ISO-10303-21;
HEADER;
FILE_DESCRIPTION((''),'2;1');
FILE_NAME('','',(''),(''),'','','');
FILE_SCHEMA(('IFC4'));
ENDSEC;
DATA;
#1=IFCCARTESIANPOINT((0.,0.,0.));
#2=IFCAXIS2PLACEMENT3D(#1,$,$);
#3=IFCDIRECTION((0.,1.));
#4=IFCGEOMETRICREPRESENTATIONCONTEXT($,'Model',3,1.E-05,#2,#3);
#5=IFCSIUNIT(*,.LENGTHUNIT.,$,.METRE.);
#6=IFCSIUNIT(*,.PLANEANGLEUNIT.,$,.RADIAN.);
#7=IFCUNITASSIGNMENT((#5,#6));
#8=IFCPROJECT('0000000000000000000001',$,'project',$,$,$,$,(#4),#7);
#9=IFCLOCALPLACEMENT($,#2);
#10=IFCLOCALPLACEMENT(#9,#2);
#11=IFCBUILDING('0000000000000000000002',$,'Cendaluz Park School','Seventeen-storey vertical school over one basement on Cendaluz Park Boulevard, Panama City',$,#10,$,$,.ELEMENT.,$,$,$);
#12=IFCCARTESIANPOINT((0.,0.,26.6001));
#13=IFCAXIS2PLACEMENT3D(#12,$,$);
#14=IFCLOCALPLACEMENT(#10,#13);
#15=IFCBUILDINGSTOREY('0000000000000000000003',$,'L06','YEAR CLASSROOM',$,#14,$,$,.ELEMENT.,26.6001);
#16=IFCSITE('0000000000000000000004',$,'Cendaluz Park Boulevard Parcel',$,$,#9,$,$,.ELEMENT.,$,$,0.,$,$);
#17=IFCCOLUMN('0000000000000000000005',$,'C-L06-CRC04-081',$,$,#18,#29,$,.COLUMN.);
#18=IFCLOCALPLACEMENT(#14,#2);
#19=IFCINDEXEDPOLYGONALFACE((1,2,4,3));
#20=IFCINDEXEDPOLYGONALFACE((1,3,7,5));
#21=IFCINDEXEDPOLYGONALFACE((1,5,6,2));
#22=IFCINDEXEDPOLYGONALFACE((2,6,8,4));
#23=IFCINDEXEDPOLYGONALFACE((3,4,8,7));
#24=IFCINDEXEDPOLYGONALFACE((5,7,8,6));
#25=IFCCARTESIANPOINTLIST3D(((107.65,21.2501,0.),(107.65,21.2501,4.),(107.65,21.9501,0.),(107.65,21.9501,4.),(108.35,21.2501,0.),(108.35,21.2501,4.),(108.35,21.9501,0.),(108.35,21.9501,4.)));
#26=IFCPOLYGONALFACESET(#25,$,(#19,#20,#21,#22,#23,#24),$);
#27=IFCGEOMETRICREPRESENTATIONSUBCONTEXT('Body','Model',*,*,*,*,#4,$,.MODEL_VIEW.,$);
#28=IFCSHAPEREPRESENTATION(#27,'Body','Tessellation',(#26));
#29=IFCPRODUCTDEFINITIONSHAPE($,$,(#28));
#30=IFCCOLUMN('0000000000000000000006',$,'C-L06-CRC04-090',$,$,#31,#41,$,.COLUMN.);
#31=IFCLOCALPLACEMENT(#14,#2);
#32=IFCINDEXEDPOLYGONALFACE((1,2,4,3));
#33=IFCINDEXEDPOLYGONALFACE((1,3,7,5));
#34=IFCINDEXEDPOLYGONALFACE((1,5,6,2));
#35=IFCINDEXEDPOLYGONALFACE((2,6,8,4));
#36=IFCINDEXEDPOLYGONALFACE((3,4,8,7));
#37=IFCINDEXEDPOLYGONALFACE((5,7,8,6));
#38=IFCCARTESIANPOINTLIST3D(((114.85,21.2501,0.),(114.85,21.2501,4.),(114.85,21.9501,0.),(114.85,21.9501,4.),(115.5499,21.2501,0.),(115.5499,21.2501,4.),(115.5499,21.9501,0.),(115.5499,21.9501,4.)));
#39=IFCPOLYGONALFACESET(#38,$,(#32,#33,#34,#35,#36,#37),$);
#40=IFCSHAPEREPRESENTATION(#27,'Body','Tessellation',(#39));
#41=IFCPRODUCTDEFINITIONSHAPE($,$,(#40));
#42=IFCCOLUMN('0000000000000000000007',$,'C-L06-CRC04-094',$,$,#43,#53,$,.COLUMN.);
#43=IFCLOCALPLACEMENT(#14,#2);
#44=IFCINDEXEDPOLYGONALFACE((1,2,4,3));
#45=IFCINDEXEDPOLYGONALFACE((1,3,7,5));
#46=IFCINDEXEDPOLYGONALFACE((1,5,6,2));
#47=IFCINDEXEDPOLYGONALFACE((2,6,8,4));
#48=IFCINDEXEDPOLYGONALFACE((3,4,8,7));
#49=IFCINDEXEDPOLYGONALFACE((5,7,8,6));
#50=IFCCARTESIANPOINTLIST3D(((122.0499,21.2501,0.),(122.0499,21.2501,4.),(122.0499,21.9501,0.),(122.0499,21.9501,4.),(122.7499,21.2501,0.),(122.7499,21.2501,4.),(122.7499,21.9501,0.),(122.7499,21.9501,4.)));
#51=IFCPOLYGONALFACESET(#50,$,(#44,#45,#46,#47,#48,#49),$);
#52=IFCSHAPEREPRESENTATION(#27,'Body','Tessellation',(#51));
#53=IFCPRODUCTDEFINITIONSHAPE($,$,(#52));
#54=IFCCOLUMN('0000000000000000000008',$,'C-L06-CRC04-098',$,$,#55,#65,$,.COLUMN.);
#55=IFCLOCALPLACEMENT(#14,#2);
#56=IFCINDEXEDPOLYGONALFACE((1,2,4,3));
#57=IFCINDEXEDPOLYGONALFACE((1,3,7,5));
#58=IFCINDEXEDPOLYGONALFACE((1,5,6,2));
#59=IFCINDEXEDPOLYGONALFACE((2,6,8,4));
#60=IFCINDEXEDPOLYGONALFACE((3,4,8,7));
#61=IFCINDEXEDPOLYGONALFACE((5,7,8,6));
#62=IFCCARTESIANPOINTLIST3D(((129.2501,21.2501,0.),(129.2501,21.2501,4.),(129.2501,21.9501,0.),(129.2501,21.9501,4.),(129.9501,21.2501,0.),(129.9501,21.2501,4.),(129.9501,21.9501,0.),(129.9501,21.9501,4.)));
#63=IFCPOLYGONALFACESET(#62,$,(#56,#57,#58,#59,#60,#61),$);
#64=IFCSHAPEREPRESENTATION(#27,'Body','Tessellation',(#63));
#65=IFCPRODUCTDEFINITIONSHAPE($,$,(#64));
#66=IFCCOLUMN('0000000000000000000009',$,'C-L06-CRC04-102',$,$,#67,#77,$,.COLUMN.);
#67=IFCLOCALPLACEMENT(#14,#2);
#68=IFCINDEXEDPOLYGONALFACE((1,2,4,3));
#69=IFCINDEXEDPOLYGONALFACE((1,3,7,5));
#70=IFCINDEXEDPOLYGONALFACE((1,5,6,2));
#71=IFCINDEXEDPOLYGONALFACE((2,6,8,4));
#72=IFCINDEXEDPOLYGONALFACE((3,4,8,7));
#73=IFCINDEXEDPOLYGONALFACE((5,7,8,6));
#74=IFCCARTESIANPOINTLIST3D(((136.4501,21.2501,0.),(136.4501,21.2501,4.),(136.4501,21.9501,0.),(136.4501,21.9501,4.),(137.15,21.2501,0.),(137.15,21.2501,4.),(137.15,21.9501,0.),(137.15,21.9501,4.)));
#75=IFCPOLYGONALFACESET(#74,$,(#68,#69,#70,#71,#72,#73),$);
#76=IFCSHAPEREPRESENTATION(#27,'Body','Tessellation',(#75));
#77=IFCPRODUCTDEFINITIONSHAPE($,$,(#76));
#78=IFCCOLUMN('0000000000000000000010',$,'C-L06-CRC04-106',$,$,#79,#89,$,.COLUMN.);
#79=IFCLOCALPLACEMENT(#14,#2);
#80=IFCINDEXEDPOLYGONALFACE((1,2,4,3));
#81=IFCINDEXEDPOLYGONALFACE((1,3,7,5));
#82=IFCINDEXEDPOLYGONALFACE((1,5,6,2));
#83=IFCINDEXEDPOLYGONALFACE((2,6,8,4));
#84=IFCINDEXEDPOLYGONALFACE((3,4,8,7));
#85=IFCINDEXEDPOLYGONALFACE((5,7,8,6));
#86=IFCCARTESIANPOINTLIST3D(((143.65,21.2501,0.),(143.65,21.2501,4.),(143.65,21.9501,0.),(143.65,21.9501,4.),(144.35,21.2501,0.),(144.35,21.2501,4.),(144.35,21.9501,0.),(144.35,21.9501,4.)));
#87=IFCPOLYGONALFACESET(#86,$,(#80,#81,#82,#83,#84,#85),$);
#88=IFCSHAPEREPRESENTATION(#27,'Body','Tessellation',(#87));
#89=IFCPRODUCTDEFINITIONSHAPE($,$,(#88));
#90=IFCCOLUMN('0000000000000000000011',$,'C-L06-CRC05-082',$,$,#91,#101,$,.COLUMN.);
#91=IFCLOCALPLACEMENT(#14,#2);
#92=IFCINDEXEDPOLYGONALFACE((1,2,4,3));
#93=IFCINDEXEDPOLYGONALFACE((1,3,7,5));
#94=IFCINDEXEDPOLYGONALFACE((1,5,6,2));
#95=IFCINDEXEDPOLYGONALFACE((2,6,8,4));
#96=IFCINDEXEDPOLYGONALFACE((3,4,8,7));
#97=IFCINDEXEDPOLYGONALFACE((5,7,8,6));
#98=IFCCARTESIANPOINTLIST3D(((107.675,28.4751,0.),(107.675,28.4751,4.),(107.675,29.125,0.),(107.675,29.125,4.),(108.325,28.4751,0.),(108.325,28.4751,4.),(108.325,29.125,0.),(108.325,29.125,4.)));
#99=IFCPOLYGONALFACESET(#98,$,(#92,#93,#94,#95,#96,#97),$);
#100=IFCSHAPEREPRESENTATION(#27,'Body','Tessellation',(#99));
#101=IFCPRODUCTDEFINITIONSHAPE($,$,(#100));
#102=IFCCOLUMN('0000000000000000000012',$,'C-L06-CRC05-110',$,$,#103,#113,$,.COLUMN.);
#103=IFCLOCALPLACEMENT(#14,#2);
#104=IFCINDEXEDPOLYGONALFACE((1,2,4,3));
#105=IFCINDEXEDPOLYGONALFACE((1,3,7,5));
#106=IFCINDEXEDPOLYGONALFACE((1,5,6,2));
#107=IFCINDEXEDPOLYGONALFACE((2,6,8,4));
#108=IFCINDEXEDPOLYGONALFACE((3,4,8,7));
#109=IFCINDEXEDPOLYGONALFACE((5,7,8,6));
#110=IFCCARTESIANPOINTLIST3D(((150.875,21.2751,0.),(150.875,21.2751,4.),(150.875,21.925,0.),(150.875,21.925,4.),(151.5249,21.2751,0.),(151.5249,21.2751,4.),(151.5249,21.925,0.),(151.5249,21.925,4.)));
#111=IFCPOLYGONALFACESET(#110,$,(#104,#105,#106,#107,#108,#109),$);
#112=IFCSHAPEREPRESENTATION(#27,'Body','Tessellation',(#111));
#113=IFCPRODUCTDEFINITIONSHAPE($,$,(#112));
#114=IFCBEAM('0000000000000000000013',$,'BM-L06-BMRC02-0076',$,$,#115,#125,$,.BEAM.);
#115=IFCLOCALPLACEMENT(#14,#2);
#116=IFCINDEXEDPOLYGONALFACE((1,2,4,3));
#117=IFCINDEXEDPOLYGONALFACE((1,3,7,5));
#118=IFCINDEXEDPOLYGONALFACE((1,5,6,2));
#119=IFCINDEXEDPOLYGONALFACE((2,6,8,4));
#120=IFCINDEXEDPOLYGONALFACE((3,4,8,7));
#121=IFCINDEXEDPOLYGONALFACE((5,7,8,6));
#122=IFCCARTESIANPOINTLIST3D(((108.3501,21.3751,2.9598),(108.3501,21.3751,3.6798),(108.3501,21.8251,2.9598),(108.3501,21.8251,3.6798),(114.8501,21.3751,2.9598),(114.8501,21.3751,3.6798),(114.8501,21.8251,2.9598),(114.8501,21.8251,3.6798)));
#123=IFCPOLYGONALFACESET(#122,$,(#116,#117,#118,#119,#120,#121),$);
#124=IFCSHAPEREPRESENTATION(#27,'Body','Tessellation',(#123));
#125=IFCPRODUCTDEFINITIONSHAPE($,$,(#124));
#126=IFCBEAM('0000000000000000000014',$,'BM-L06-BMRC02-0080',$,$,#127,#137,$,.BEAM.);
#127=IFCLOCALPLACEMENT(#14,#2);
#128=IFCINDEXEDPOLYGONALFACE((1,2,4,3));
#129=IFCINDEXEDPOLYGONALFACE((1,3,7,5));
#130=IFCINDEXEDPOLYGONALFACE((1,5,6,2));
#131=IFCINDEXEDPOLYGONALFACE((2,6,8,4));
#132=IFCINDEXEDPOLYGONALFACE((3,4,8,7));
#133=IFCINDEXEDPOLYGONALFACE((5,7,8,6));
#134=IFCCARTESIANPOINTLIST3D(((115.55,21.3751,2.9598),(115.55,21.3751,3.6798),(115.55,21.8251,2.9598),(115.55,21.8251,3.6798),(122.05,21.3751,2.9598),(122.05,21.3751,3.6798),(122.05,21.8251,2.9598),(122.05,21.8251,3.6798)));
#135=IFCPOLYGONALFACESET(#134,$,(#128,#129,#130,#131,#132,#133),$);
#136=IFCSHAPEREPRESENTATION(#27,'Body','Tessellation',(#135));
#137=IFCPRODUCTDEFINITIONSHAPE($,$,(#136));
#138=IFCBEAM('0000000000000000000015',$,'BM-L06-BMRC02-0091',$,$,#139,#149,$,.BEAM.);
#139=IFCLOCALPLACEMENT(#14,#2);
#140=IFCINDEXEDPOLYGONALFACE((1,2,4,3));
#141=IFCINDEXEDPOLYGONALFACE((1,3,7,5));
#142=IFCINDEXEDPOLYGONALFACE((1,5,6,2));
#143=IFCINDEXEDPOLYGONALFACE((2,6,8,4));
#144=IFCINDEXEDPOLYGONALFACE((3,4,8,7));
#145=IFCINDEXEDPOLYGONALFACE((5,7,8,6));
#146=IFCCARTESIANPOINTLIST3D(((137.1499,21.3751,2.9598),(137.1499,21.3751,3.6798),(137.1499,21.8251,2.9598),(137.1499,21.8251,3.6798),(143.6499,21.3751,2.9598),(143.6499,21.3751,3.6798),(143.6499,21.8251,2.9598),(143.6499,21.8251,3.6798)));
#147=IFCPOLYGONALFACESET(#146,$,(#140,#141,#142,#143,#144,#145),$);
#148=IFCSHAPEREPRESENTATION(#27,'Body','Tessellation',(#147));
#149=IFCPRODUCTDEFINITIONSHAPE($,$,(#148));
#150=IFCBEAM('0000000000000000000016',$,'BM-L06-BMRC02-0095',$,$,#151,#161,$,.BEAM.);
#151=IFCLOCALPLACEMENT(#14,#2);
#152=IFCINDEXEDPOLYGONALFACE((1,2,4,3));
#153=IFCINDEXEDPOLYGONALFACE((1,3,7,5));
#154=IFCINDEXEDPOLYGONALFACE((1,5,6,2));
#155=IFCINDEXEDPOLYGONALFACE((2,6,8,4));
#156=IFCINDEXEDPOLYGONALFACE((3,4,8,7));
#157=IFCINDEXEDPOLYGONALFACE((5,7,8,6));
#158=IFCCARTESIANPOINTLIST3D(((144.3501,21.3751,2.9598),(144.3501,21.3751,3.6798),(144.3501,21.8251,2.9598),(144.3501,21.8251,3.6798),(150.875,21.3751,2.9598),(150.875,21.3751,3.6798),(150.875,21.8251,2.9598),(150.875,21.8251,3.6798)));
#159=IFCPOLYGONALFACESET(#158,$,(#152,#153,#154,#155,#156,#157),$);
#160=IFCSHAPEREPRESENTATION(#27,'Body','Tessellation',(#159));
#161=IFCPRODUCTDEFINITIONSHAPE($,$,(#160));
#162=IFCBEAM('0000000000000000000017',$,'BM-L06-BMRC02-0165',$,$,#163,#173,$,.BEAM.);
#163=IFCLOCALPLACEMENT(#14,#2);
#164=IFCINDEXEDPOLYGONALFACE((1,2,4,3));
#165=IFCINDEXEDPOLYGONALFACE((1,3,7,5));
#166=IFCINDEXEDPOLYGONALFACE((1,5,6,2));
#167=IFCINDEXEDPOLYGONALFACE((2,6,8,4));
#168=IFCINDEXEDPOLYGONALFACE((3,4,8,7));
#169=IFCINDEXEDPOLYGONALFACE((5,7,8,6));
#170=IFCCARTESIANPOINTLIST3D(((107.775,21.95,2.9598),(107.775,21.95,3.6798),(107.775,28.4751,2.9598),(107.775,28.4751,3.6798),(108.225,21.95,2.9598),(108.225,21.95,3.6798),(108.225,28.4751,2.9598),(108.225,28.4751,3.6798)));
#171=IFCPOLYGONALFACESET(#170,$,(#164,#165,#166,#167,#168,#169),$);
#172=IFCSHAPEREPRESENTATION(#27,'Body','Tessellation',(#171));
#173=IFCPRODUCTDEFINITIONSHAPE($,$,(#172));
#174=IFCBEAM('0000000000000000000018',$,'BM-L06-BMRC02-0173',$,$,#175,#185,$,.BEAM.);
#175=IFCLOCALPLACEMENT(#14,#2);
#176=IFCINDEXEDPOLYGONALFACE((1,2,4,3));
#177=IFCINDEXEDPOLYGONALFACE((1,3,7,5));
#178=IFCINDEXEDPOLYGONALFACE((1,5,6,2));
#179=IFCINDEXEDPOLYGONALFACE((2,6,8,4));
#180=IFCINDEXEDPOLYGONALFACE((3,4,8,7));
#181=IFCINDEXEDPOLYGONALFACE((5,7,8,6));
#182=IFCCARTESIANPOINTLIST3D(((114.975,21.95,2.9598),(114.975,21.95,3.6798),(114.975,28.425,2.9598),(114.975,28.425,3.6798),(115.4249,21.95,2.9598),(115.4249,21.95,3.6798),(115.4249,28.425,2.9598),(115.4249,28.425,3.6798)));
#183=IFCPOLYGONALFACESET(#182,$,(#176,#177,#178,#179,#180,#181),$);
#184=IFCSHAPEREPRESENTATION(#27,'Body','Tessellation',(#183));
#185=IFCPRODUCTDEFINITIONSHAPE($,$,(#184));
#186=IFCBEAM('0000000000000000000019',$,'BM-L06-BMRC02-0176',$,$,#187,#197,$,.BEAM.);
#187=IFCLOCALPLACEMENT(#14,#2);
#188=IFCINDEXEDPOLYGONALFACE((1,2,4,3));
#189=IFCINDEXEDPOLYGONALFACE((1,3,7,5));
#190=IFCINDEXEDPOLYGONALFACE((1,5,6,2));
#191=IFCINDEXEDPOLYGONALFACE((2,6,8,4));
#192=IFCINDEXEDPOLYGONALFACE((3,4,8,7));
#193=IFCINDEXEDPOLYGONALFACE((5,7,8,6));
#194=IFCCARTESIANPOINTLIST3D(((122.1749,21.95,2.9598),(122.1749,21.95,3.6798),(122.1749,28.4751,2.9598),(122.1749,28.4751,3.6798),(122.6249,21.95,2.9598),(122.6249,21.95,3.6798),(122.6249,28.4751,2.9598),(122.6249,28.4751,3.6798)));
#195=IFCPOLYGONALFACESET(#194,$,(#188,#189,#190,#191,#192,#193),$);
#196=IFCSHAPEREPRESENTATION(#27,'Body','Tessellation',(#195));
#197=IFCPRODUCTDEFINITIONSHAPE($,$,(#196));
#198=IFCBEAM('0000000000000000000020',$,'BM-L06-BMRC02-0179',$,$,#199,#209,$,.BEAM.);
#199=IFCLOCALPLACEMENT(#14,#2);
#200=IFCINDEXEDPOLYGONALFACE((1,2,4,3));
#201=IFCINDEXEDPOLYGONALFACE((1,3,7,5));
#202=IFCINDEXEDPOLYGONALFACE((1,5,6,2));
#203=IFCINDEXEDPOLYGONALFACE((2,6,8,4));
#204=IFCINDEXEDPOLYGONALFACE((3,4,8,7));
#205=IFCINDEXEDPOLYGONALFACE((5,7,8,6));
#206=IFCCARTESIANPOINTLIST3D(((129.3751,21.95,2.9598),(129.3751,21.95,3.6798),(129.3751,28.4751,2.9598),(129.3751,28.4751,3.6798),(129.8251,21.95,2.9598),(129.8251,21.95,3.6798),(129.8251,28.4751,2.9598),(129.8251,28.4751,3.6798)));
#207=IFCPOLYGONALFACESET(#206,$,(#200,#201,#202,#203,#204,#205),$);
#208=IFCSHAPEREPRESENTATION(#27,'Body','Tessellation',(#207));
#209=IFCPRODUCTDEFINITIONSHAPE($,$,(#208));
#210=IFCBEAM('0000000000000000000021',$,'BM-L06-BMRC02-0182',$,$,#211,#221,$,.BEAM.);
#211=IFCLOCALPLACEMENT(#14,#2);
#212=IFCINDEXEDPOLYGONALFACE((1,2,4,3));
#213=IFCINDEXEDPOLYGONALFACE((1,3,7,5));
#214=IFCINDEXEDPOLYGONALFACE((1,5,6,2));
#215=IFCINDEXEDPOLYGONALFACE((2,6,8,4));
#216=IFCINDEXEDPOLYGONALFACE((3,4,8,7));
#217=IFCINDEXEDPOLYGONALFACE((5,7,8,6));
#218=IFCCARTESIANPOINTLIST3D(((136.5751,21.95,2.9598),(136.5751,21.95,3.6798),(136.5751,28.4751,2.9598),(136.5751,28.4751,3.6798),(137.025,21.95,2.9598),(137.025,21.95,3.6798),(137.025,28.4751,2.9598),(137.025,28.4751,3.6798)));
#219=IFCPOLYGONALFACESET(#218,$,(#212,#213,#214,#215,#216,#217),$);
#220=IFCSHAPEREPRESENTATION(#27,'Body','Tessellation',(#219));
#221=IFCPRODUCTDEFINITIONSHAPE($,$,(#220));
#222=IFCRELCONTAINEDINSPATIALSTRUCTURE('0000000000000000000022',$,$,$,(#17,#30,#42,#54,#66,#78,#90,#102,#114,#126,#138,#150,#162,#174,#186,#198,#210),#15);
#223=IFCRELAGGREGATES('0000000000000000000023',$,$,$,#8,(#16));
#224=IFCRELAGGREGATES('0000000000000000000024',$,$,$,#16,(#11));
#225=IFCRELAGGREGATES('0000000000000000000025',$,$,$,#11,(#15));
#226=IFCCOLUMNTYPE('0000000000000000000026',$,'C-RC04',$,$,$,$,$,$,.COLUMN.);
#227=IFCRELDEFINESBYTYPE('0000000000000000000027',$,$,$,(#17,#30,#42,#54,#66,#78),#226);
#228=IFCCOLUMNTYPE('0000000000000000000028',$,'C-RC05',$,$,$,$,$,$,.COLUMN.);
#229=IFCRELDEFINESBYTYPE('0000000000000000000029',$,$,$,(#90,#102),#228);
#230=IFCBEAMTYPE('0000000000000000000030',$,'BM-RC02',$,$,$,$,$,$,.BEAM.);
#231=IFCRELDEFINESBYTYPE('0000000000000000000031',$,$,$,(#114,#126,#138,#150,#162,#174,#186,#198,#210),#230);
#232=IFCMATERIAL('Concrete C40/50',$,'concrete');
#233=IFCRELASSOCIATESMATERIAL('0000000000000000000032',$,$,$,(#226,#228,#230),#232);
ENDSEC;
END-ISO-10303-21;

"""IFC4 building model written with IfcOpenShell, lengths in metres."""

from ifc_helpers import new_model, si_unit, direction, frame, origin, origin_2d, place, context, subcontext, project, spatial, rectangle, extrude, material, material_profile, profile_set, type_object, element, save


model = new_model("IFC4")

# Units and contexts
model_context = context("Model", 3, precision=1e-05, world=origin(), true_north=direction((0.0, 1.0)))
body_context = subcontext(model_context, "Body", "Model", "MODEL_VIEW")
ifc_project = project(units=[si_unit("LENGTHUNIT", "METRE"), si_unit("PLANEANGLEUNIT", "RADIAN")], contexts=[model_context])

# Site, building, storey
site_placement = place(None, origin())
site = spatial("IfcSite", under=ifc_project, at=site_placement, Name="Cendaluz Park Boulevard Parcel", CompositionType="ELEMENT", RefElevation=0.0)
building_placement = place(site_placement, origin())
building = spatial("IfcBuilding", under=site, at=building_placement, Name="Cendaluz Park School", Description="Seventeen-storey vertical school over one basement on Cendaluz Park Boulevard, Panama City", CompositionType="ELEMENT")
storey_placement = place(building_placement, frame((0.0, 0.0, 26.6001)))
storey = spatial("IfcBuildingStorey", under=building, at=storey_placement, Name="L06", Description="YEAR CLASSROOM", CompositionType="ELEMENT", Elevation=26.6001)

# Columns
ifc_material_1 = material(Name="Concrete C40/50", Category="concrete")
ifc_material_profile_1 = material_profile(ifc_material_1, rectangle(XDim=0.7, YDim=0.7, at=origin_2d()), Name="RC 700x700", Category="concrete")
ifc_profile_set_1 = profile_set([ifc_material_profile_1], Name="Concrete C40/50")
column_type_1 = type_object("IfcColumnType", Name="C-RC04", PredefinedType="COLUMN", material=ifc_profile_set_1)
for number, where, z_axis, x_axis, name in (
    (1, (108.0, 21.6001, 0.0), (0.0, 0.0, 1.0), (1.0, 0.0, 0.0), "C-L06-CRC04-081"),
    (2, (115.2, 21.6001, 0.0), (0.0, 0.0, 1.0), (1.0, 0.0, 0.0), "C-L06-CRC04-090"),
    (3, (122.3999, 21.6001, 0.0), (0.0, 0.0, 1.0), (1.0, 0.0, 0.0), "C-L06-CRC04-094"),
    (4, (129.6001, 21.6001, 0.0), (0.0, 0.0, 1.0), (1.0, 0.0, 0.0), "C-L06-CRC04-098"),
    (5, (136.8, 21.6001, 0.0), (0.0, 0.0, 1.0), (1.0, 0.0, 0.0), "C-L06-CRC04-102"),
    (6, (144.0, 21.6001, 0.0), (0.0, 0.0, 1.0), (1.0, 0.0, 0.0), "C-L06-CRC04-106"),
):
    element("IfcColumn", number, at=place(storey_placement, frame(where, z_axis=z_axis, x_axis=x_axis)), inside=storey, type_object=column_type_1, Name=name, PredefinedType="COLUMN", context=body_context, shape_type="SweptSolid", body=[
        extrude(rectangle(XDim=0.7, YDim=0.7, at=origin_2d()), origin(), (0.0, 0.0, 1.0), 4.0),
    ])
ifc_material_profile_2 = material_profile(ifc_material_1, rectangle(XDim=0.6499, YDim=0.6499, at=origin_2d()), Name="RC 650x650", Category="concrete")
ifc_profile_set_2 = profile_set([ifc_material_profile_2], Name="Concrete C40/50")
column_type_2 = type_object("IfcColumnType", Name="C-RC05", PredefinedType="COLUMN", material=ifc_profile_set_2)
for number, where, z_axis, x_axis, name in (
    (7, (108.0, 28.8, 0.0), (0.0, 0.0, 1.0), (1.0, 0.0, 0.0), "C-L06-CRC05-082"),
    (8, (151.2, 21.6001, 0.0), (0.0, 0.0, 1.0), (1.0, 0.0, 0.0), "C-L06-CRC05-110"),
):
    element("IfcColumn", number, at=place(storey_placement, frame(where, z_axis=z_axis, x_axis=x_axis)), inside=storey, type_object=column_type_2, Name=name, PredefinedType="COLUMN", context=body_context, shape_type="SweptSolid", body=[
        extrude(rectangle(XDim=0.6499, YDim=0.6499, at=origin_2d()), origin(), (0.0, 0.0, 1.0), 4.0),
    ])

# Beams
ifc_material_profile_3 = material_profile(ifc_material_1, rectangle(XDim=0.45, YDim=0.72, at=origin_2d()), Name="RC 450x720", Category="concrete")
ifc_profile_set_3 = profile_set([ifc_material_profile_3], Name="Concrete C40/50")
beam_type_1 = type_object("IfcBeamType", Name="BM-RC02", PredefinedType="BEAM", material=ifc_profile_set_3)
for number, where, z_axis, x_axis, name in (
    (9, (108.3501, 21.6001, 3.3198), (1.0, 0.0, 0.0), (0.0, 1.0, 0.0), "BM-L06-BMRC02-0076"),
    (10, (115.55, 21.6001, 3.3198), (1.0, 0.0, 0.0), (0.0, 1.0, 0.0), "BM-L06-BMRC02-0080"),
    (11, (137.1499, 21.6001, 3.3198), (1.0, 0.0, 0.0), (0.0, 1.0, 0.0), "BM-L06-BMRC02-0091"),
):
    element("IfcBeam", number, at=place(storey_placement, frame(where, z_axis=z_axis, x_axis=x_axis)), inside=storey, type_object=beam_type_1, Name=name, PredefinedType="BEAM", context=body_context, shape_type="SweptSolid", body=[
        extrude(rectangle(XDim=0.45, YDim=0.72, at=origin_2d()), origin(), (0.0, 0.0, 1.0), 6.5),
    ])
beam_1_placement = place(storey_placement, frame((144.3501, 21.6001, 3.3198), z_axis=(1.0, 0.0, 0.0), x_axis=(0.0, 1.0, 0.0)))
element("IfcBeam", 12, at=beam_1_placement, inside=storey, type_object=beam_type_1, Name="BM-L06-BMRC02-0095", PredefinedType="BEAM", context=body_context, shape_type="SweptSolid", body=[
    extrude(rectangle(XDim=0.45, YDim=0.72, at=origin_2d()), origin(), (0.0, 0.0, 1.0), 6.5249),
])
beam_2_placement = place(storey_placement, frame((108.0, 21.95, 3.3198), z_axis=(0.0, 1.0, 0.0), x_axis=(-1.0, 0.0, 0.0)))
element("IfcBeam", 13, at=beam_2_placement, inside=storey, type_object=beam_type_1, Name="BM-L06-BMRC02-0165", PredefinedType="BEAM", context=body_context, shape_type="SweptSolid", body=[
    extrude(rectangle(XDim=0.45, YDim=0.72, at=origin_2d()), origin(), (0.0, 0.0, 1.0), 6.5251),
])
beam_3_placement = place(storey_placement, frame((115.2, 21.95, 3.3198), z_axis=(0.0, 1.0, 0.0), x_axis=(-1.0, 0.0, 0.0)))
element("IfcBeam", 14, at=beam_3_placement, inside=storey, type_object=beam_type_1, Name="BM-L06-BMRC02-0173", PredefinedType="BEAM", context=body_context, shape_type="SweptSolid", body=[
    extrude(rectangle(XDim=0.45, YDim=0.72, at=origin_2d()), origin(), (0.0, 0.0, 1.0), 6.4751),
])
for number, where, z_axis, x_axis, name in (
    (15, (122.3999, 21.95, 3.3198), (0.0, 1.0, 0.0), (-1.0, 0.0, 0.0), "BM-L06-BMRC02-0176"),
    (16, (129.6001, 21.95, 3.3198), (0.0, 1.0, 0.0), (-1.0, 0.0, 0.0), "BM-L06-BMRC02-0179"),
    (17, (136.8, 21.95, 3.3198), (0.0, 1.0, 0.0), (-1.0, 0.0, 0.0), "BM-L06-BMRC02-0182"),
):
    element("IfcBeam", number, at=place(storey_placement, frame(where, z_axis=z_axis, x_axis=x_axis)), inside=storey, type_object=beam_type_1, Name=name, PredefinedType="BEAM", context=body_context, shape_type="SweptSolid", body=[
        extrude(rectangle(XDim=0.45, YDim=0.72, at=origin_2d()), origin(), (0.0, 0.0, 1.0), 6.5251),
    ])

save(model, "model.ifc")
